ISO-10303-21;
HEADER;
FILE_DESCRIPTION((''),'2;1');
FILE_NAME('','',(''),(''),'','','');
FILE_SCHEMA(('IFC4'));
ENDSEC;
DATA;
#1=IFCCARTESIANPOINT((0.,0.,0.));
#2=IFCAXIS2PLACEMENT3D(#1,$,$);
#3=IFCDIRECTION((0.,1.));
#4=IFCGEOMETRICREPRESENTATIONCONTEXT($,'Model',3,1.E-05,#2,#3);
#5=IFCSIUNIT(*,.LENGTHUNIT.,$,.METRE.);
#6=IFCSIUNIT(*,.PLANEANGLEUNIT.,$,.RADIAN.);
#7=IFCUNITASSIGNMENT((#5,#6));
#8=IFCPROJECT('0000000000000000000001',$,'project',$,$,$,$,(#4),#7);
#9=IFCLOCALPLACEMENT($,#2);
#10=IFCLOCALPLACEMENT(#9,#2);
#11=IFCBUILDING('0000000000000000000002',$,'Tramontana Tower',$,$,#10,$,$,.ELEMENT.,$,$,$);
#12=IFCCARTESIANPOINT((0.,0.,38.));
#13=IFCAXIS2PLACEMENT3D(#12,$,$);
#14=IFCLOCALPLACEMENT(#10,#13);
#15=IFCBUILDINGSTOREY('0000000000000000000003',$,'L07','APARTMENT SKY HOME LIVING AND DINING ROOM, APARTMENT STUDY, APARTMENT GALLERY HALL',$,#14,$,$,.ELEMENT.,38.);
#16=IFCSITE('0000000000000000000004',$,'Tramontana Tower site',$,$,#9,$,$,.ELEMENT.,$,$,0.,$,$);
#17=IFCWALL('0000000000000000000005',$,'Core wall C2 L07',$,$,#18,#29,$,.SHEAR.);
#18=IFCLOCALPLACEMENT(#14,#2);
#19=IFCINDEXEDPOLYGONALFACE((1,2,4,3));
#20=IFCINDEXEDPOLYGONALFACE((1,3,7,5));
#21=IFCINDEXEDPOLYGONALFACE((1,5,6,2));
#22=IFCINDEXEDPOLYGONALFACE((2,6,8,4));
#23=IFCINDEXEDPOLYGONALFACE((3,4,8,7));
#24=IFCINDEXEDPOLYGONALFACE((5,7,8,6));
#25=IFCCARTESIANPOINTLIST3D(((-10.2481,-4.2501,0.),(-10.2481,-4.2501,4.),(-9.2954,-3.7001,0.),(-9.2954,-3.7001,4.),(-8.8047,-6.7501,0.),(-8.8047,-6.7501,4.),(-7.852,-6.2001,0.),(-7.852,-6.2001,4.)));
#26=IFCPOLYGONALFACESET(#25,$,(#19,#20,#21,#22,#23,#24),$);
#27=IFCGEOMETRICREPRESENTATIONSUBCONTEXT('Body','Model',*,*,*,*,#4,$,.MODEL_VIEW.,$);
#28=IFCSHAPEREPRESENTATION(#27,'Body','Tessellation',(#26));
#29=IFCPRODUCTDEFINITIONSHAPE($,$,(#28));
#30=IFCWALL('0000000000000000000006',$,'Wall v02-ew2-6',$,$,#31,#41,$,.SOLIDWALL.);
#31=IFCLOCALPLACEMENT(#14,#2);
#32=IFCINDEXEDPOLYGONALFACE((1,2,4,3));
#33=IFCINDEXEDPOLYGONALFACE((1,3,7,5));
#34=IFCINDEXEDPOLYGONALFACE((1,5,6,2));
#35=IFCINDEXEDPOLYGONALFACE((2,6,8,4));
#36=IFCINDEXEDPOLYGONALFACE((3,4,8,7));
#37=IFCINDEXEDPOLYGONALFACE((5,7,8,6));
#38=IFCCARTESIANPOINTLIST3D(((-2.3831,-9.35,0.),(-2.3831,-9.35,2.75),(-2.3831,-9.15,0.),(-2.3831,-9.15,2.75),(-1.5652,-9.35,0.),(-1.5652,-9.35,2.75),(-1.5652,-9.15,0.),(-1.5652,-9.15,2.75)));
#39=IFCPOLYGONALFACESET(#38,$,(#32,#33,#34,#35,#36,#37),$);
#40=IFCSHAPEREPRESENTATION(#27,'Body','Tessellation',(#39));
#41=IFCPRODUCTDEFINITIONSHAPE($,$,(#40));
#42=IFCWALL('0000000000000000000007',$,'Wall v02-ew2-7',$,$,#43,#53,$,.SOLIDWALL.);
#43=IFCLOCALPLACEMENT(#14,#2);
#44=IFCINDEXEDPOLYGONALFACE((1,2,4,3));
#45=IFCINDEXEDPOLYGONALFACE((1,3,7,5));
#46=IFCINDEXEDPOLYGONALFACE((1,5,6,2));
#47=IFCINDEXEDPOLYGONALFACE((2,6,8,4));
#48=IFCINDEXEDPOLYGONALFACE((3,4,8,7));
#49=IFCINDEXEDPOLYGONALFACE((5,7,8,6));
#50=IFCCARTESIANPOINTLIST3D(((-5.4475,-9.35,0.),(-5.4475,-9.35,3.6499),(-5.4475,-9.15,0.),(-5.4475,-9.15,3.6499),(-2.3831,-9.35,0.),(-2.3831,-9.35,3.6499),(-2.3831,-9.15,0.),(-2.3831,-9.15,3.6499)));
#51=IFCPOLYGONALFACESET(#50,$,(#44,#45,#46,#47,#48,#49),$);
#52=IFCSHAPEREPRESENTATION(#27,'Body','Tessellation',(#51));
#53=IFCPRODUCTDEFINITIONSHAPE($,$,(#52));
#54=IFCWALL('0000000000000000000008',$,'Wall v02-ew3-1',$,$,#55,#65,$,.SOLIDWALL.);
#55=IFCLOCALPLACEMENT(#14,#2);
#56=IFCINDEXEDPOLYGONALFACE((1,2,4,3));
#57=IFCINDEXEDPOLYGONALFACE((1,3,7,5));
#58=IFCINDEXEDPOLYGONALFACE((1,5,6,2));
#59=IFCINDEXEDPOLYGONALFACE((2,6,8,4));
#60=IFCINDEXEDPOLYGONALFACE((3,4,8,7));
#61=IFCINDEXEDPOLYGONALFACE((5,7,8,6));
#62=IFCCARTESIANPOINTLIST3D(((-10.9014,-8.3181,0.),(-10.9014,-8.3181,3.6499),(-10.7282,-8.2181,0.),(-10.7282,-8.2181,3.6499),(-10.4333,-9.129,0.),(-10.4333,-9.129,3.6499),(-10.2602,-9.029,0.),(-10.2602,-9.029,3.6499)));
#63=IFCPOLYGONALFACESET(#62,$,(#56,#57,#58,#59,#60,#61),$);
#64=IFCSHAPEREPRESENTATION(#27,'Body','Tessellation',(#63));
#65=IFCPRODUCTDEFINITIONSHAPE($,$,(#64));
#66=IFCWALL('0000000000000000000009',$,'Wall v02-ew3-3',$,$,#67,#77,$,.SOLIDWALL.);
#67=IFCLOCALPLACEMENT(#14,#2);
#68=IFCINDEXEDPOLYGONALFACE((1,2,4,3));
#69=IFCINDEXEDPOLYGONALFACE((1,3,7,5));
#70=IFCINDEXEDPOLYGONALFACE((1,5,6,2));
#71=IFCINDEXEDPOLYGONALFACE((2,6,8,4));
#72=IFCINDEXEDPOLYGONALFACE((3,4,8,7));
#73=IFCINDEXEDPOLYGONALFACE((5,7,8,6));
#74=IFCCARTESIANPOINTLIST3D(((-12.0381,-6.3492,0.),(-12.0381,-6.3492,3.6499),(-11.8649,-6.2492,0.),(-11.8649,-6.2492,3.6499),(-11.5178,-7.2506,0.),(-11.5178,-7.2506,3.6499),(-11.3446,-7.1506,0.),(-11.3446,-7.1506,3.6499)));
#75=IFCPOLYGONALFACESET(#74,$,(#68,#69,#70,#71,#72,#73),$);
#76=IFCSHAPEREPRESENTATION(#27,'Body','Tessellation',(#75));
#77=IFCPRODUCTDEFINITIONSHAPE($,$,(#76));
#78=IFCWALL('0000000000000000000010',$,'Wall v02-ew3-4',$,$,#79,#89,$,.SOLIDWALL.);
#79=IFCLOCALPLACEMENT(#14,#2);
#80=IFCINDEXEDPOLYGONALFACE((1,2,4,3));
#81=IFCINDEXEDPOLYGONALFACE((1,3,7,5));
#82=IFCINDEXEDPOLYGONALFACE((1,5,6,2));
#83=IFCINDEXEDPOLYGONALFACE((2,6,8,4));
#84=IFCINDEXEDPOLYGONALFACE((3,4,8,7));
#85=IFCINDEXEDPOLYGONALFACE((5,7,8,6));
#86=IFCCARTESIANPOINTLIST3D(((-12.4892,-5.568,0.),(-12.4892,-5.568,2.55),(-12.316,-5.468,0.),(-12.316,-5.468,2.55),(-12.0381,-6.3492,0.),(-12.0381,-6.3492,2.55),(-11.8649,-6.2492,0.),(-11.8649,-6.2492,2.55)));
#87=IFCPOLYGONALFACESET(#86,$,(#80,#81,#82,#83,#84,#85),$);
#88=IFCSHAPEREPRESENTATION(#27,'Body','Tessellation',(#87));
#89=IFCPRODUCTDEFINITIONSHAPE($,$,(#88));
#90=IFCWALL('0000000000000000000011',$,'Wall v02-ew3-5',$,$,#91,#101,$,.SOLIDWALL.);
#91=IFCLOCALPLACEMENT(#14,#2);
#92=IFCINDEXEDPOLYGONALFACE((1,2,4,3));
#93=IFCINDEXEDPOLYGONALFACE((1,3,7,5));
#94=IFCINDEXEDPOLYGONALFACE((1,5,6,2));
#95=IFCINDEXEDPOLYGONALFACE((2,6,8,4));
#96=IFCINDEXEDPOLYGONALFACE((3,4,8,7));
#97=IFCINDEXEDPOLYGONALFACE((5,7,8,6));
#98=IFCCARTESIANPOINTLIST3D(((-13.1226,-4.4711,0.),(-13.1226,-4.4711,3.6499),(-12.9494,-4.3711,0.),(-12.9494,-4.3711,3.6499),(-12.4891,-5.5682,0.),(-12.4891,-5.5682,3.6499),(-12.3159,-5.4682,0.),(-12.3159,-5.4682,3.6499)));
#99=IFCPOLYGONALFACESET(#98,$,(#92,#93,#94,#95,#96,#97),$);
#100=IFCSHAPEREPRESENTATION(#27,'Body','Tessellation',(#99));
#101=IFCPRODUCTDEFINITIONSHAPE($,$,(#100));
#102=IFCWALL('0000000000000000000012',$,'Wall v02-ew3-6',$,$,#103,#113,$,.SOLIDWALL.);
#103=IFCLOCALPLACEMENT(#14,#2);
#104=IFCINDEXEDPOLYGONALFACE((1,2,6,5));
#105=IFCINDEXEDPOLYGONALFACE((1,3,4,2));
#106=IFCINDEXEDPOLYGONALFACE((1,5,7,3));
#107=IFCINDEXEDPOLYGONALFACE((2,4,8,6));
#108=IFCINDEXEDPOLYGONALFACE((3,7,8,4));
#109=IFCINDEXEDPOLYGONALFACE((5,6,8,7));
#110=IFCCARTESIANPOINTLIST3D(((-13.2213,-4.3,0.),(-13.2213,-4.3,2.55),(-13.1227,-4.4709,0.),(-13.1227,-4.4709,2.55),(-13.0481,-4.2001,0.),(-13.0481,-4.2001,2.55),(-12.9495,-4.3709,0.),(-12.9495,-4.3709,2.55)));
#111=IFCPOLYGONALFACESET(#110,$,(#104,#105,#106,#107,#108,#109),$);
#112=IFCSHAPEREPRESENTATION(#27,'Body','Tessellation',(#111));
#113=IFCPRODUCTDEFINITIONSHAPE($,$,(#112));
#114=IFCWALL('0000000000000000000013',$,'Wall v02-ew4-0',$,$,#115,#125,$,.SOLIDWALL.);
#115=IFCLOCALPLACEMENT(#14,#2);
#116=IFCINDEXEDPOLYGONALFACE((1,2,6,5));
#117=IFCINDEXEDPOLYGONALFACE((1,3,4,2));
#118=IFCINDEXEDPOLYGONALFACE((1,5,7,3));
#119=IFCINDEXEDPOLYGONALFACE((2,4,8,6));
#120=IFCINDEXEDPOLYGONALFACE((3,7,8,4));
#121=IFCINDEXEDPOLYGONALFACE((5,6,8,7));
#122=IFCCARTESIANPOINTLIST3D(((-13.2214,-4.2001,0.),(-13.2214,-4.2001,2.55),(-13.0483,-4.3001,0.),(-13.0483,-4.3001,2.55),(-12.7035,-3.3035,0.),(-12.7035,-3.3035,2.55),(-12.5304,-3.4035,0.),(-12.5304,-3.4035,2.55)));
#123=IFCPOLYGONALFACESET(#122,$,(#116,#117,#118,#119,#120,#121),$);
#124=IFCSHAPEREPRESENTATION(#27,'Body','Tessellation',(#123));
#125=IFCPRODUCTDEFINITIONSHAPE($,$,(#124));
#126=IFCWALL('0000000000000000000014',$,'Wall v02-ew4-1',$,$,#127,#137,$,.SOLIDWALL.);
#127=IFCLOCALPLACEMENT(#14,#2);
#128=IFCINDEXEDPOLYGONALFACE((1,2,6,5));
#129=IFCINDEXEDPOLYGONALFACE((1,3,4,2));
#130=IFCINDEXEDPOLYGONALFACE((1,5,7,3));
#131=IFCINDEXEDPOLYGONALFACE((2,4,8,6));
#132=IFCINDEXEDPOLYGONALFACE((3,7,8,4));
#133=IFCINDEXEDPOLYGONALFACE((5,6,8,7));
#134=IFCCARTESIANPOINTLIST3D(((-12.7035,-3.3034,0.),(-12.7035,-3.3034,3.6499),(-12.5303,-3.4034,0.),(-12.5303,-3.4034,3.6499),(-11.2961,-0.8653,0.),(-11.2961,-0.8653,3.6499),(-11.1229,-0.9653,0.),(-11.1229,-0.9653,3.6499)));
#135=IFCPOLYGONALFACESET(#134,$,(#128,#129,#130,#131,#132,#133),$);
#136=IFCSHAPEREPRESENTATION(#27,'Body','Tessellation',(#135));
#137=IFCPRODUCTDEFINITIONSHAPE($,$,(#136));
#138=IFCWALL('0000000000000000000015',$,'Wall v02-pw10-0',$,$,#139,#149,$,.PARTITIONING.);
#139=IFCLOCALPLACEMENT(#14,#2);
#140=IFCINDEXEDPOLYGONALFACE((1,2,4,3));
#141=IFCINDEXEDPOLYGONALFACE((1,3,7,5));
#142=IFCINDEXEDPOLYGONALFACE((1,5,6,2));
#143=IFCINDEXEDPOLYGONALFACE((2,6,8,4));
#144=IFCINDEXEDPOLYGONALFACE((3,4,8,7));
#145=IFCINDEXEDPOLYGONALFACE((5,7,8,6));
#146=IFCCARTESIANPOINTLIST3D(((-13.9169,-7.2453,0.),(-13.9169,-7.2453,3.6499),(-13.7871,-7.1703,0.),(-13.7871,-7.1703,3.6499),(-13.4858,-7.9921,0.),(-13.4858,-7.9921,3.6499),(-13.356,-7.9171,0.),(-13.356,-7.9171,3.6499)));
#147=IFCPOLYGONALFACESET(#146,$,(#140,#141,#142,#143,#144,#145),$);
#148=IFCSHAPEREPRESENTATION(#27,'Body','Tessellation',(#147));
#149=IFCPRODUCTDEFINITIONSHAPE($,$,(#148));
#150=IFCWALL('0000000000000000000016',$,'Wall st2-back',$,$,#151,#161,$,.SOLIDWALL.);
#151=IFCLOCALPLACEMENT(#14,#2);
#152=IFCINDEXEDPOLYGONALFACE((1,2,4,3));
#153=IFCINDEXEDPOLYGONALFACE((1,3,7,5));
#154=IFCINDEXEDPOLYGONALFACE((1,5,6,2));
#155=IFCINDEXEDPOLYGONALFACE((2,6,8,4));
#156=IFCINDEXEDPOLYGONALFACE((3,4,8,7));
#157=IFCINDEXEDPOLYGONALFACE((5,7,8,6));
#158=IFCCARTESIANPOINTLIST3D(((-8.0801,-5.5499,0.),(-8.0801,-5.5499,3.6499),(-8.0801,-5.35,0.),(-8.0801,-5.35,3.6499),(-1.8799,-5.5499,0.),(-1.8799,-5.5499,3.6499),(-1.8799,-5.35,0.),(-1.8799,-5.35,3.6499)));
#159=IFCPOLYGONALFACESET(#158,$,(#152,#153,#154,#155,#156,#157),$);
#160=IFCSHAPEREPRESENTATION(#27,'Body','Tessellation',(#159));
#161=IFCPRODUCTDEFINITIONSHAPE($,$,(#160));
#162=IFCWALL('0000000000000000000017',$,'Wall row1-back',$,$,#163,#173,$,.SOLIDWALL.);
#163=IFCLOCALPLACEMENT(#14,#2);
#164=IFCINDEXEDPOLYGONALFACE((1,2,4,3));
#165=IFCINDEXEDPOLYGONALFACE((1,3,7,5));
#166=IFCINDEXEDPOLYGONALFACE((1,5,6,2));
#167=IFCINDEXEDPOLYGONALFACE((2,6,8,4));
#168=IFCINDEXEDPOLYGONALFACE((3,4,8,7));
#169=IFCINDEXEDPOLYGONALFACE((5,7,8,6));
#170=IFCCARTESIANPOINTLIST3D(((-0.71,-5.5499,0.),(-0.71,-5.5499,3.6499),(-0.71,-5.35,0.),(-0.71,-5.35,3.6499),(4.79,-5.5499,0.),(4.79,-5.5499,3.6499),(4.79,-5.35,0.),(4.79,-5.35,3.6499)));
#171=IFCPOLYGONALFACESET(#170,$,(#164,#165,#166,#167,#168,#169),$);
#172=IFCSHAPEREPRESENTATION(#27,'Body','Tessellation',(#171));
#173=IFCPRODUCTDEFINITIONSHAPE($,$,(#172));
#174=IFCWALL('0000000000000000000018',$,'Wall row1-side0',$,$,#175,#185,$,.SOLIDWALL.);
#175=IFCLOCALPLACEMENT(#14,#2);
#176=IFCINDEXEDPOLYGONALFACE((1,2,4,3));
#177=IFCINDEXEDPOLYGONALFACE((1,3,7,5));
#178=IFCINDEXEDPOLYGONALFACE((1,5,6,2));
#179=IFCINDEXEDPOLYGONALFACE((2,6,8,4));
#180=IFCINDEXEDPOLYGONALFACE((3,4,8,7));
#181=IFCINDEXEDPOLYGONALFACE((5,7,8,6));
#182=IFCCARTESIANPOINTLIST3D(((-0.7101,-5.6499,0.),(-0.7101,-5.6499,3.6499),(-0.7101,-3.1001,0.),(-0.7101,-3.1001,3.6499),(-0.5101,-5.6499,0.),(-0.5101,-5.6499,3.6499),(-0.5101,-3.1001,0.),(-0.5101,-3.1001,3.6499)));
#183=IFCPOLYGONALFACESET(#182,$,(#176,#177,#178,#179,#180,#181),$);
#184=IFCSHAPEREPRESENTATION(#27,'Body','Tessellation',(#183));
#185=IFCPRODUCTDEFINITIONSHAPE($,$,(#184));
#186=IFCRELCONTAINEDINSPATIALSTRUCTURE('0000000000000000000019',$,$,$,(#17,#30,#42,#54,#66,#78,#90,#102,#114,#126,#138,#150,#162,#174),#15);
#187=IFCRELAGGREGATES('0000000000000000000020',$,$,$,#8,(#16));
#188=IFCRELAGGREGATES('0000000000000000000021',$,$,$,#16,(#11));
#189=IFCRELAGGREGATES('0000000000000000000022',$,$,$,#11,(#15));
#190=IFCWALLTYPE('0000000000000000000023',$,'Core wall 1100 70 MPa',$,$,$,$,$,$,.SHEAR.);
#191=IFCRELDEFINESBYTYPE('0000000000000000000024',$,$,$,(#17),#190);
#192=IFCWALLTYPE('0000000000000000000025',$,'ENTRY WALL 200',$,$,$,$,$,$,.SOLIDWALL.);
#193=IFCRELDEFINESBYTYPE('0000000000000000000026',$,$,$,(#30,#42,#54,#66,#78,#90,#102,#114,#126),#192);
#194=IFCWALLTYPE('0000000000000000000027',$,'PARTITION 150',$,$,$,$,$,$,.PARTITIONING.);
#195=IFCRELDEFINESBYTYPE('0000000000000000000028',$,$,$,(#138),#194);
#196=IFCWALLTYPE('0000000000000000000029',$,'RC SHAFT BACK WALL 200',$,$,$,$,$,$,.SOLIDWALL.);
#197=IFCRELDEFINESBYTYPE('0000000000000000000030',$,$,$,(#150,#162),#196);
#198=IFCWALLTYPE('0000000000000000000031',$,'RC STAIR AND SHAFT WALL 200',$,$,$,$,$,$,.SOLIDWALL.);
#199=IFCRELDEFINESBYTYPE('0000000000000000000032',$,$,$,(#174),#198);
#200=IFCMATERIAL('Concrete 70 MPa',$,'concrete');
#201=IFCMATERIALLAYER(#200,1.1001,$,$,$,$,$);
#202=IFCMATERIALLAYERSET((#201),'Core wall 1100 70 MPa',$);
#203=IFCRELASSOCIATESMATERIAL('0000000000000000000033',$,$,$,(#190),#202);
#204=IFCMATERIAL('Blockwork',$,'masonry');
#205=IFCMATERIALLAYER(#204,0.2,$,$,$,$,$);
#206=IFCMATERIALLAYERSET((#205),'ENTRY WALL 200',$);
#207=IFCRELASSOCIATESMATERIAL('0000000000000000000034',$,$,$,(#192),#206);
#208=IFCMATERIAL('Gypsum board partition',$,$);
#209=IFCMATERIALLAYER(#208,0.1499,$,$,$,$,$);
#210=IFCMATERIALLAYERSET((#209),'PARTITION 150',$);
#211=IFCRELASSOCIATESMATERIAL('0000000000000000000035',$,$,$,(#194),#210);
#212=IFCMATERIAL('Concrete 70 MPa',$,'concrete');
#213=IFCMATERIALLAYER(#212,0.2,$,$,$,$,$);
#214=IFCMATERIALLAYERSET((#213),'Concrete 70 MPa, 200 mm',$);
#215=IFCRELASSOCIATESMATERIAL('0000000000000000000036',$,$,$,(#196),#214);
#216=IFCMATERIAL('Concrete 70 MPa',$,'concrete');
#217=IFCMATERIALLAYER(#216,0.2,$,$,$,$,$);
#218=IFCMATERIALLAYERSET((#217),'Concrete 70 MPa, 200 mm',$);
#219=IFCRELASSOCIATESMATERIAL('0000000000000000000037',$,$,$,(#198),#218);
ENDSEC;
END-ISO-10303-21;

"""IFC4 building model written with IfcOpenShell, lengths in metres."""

from ifc_helpers import new_model, si_unit, direction, frame, frame_2d, origin, place, context, subcontext, project, spatial, rectangle, extrude, material, layer, layer_set, type_object, element, save


model = new_model("IFC4")

# Units and contexts
model_context = context("Model", 3, precision=1e-05, world=origin(), true_north=direction((0.0, 1.0)))
body_context = subcontext(model_context, "Body", "Model", "MODEL_VIEW")
ifc_project = project(units=[si_unit("LENGTHUNIT", "METRE"), si_unit("PLANEANGLEUNIT", "RADIAN")], contexts=[model_context])

# Site, building, storey
site_placement = place(None, origin())
site = spatial("IfcSite", under=ifc_project, at=site_placement, Name="Tramontana Tower site", CompositionType="ELEMENT", RefElevation=0.0)
building_placement = place(site_placement, origin())
building = spatial("IfcBuilding", under=site, at=building_placement, Name="Tramontana Tower", CompositionType="ELEMENT")
storey_placement = place(building_placement, frame((0.0, 0.0, 38.0)))
storey = spatial("IfcBuildingStorey", under=building, at=storey_placement, Name="L07", Description="APARTMENT SKY HOME LIVING AND DINING ROOM, APARTMENT STUDY, APARTMENT GALLERY HALL", CompositionType="ELEMENT", Elevation=38.0)

# Wall
ifc_material_1 = material(Name="Concrete 70 MPa", Category="concrete")
ifc_layer_1 = layer(ifc_material_1, 1.1001)
ifc_layer_set_1 = layer_set([ifc_layer_1], Name="Core wall 1100 70 MPa")
wall_type_1 = type_object("IfcWallType", Name="Core wall 1100 70 MPa", PredefinedType="SHEAR", material=ifc_layer_set_1)
wall_1_placement = place(storey_placement, frame((-9.7717, -3.9751, 0.0), z_axis=(0.0, 0.0, 1.0), x_axis=(0.499996, -0.866028, 0.0)))
element("IfcWall", 1, at=wall_1_placement, inside=storey, type_object=wall_type_1, Name="Core wall C2 L07", PredefinedType="SHEAR", context=body_context, shape_type="SweptSolid", body=[
    extrude(rectangle(XDim=2.8867, YDim=1.1001, at=frame_2d((1.4434, 0.0))), origin(), (0.0, 0.0, 1.0), 4.0),
])

# Walls
ifc_material_2 = material(Name="Blockwork", Category="masonry")
ifc_layer_2 = layer(ifc_material_2, 0.2)
ifc_layer_set_2 = layer_set([ifc_layer_2], Name="ENTRY WALL 200")
wall_type_2 = type_object("IfcWallType", Name="ENTRY WALL 200", PredefinedType="SOLIDWALL", material=ifc_layer_set_2)
wall_2_placement = place(storey_placement, frame((-1.5652, -9.25, 0.0), z_axis=(0.0, 0.0, 1.0), x_axis=(-1.0, 0.0, 0.0)))
element("IfcWall", 2, at=wall_2_placement, inside=storey, type_object=wall_type_2, Name="Wall v02-ew2-6", PredefinedType="SOLIDWALL", context=body_context, shape_type="SweptSolid", body=[
    extrude(rectangle(XDim=0.8179, YDim=0.2, at=frame_2d((0.4089, 0.0))), origin(), (0.0, 0.0, 1.0), 2.75),
])
wall_3_placement = place(storey_placement, frame((-2.3831, -9.25, 0.0), z_axis=(0.0, 0.0, 1.0), x_axis=(-1.0, 0.0, 0.0)))
element("IfcWall", 3, at=wall_3_placement, inside=storey, type_object=wall_type_2, Name="Wall v02-ew2-7", PredefinedType="SOLIDWALL", context=body_context, shape_type="SweptSolid", body=[
    extrude(rectangle(XDim=3.0645, YDim=0.2, at=frame_2d((1.5322, 0.0))), origin(), (0.0, 0.0, 1.0), 3.6499),
])
wall_4_placement = place(storey_placement, frame((-10.3467, -9.0791, 0.0), z_axis=(0.0, 0.0, 1.0), x_axis=(-0.499926, 0.866068, 0.0)))
element("IfcWall", 4, at=wall_4_placement, inside=storey, type_object=wall_type_2, Name="Wall v02-ew3-1", PredefinedType="SOLIDWALL", context=body_context, shape_type="SweptSolid", body=[
    extrude(rectangle(XDim=0.9363, YDim=0.2, at=frame_2d((0.4683, 0.0))), origin(), (0.0, 0.0, 1.0), 3.6499),
])

# Walls
wall_5_placement = place(storey_placement, frame((-11.4312, -7.2007, 0.0), z_axis=(0.0, 0.0, 1.0), x_axis=(-0.499898, 0.866084, 0.0)))
element("IfcWall", 5, at=wall_5_placement, inside=storey, type_object=wall_type_2, Name="Wall v02-ew3-3", PredefinedType="SOLIDWALL", context=body_context, shape_type="SweptSolid", body=[
    extrude(rectangle(XDim=1.0408, YDim=0.2, at=frame_2d((0.5205, 0.0))), origin(), (0.0, 0.0, 1.0), 3.6499),
])
wall_6_placement = place(storey_placement, frame((-11.9514, -6.2993, 0.0), z_axis=(0.0, 0.0, 1.0), x_axis=(-0.500097, 0.865969, 0.0)))
element("IfcWall", 6, at=wall_6_placement, inside=storey, type_object=wall_type_2, Name="Wall v02-ew3-4", PredefinedType="SOLIDWALL", context=body_context, shape_type="SweptSolid", body=[
    extrude(rectangle(XDim=0.9021, YDim=0.2, at=frame_2d((0.4512, 0.0))), origin(), (0.0, 0.0, 1.0), 2.55),
])
wall_7_placement = place(storey_placement, frame((-12.4026, -5.5181, 0.0), z_axis=(0.0, 0.0, 1.0), x_axis=(-0.500056, 0.865993, 0.0)))
element("IfcWall", 7, at=wall_7_placement, inside=storey, type_object=wall_type_2, Name="Wall v02-ew3-5", PredefinedType="SOLIDWALL", context=body_context, shape_type="SweptSolid", body=[
    extrude(rectangle(XDim=1.2668, YDim=0.2, at=frame_2d((0.6333, 0.0))), origin(), (0.0, 0.0, 1.0), 3.6499),
])
wall_8_placement = place(storey_placement, frame((-13.0361, -4.4209, 0.0), z_axis=(0.0, 0.0, 1.0), x_axis=(-0.499865, 0.866103, 0.0)))
element("IfcWall", 8, at=wall_8_placement, inside=storey, type_object=wall_type_2, Name="Wall v02-ew3-6", PredefinedType="SOLIDWALL", context=body_context, shape_type="SweptSolid", body=[
    extrude(rectangle(XDim=0.1973, YDim=0.2, at=frame_2d((0.0986, 0.0))), origin(), (0.0, 0.0, 1.0), 2.55),
])
wall_9_placement = place(storey_placement, frame((-13.1348, -4.25, 0.0), z_axis=(0.0, 0.0, 1.0), x_axis=(0.500172, 0.865926, 0.0)))
element("IfcWall", 9, at=wall_9_placement, inside=storey, type_object=wall_type_2, Name="Wall v02-ew4-0", PredefinedType="SOLIDWALL", context=body_context, shape_type="SweptSolid", body=[
    extrude(rectangle(XDim=1.0354, YDim=0.2, at=frame_2d((0.5176, 0.0))), origin(), (0.0, 0.0, 1.0), 2.55),
])
wall_10_placement = place(storey_placement, frame((-12.6169, -3.3535, 0.0), z_axis=(0.0, 0.0, 1.0), x_axis=(0.499935, 0.866063, 0.0)))
element("IfcWall", 10, at=wall_10_placement, inside=storey, type_object=wall_type_2, Name="Wall v02-ew4-1", PredefinedType="SOLIDWALL", context=body_context, shape_type="SweptSolid", body=[
    extrude(rectangle(XDim=2.8152, YDim=0.2, at=frame_2d((1.4077, 0.0))), origin(), (0.0, 0.0, 1.0), 3.6499),
])
ifc_material_3 = material(Name="Gypsum board partition")
ifc_layer_3 = layer(ifc_material_3, 0.1499)
ifc_layer_set_3 = layer_set([ifc_layer_3], Name="PARTITION 150")
wall_type_3 = type_object("IfcWallType", Name="PARTITION 150", PredefinedType="PARTITIONING", material=ifc_layer_set_3)
wall_11_placement = place(storey_placement, frame((-13.4209, -7.9546, 0.0), z_axis=(0.0, 0.0, 1.0), x_axis=(-0.499976, 0.866039, 0.0)))
element("IfcWall", 11, at=wall_11_placement, inside=storey, type_object=wall_type_3, Name="Wall v02-pw10-0", PredefinedType="PARTITIONING", context=body_context, shape_type="SweptSolid", body=[
    extrude(rectangle(XDim=0.8623, YDim=0.1499, at=frame_2d((0.4312, 0.0))), origin(), (0.0, 0.0, 1.0), 3.6499),
])

# Walls
ifc_material_4 = material(Name="Concrete 70 MPa", Category="concrete")
ifc_layer_4 = layer(ifc_material_4, 0.2)
ifc_layer_set_4 = layer_set([ifc_layer_4], Name="Concrete 70 MPa, 200 mm")
wall_type_4 = type_object("IfcWallType", Name="RC SHAFT BACK WALL 200", PredefinedType="SOLIDWALL", material=ifc_layer_set_4)
wall_12_placement = place(storey_placement, frame((-8.0801, -5.45, 0.0), z_axis=(0.0, 0.0, 1.0), x_axis=(1.0, 0.0, 0.0)))
element("IfcWall", 12, at=wall_12_placement, inside=storey, type_object=wall_type_4, Name="Wall st2-back", PredefinedType="SOLIDWALL", context=body_context, shape_type="SweptSolid", body=[
    extrude(rectangle(XDim=6.2002, YDim=0.2, at=frame_2d((3.1001, 0.0))), origin(), (0.0, 0.0, 1.0), 3.6499),
])
wall_13_placement = place(storey_placement, frame((-0.71, -5.45, 0.0), z_axis=(0.0, 0.0, 1.0), x_axis=(1.0, 0.0, 0.0)))
element("IfcWall", 13, at=wall_13_placement, inside=storey, type_object=wall_type_4, Name="Wall row1-back", PredefinedType="SOLIDWALL", context=body_context, shape_type="SweptSolid", body=[
    extrude(rectangle(XDim=5.5, YDim=0.2, at=frame_2d((2.75, 0.0))), origin(), (0.0, 0.0, 1.0), 3.6499),
])
ifc_material_5 = material(Name="Concrete 70 MPa", Category="concrete")
ifc_layer_5 = layer(ifc_material_5, 0.2)
ifc_layer_set_5 = layer_set([ifc_layer_5], Name="Concrete 70 MPa, 200 mm")
wall_type_5 = type_object("IfcWallType", Name="RC STAIR AND SHAFT WALL 200", PredefinedType="SOLIDWALL", material=ifc_layer_set_5)
wall_14_placement = place(storey_placement, frame((-0.6101, -3.1001, 0.0), z_axis=(0.0, 0.0, 1.0), x_axis=(0.0, -1.0, 0.0)))
element("IfcWall", 14, at=wall_14_placement, inside=storey, type_object=wall_type_5, Name="Wall row1-side0", PredefinedType="SOLIDWALL", context=body_context, shape_type="SweptSolid", body=[
    extrude(rectangle(XDim=2.5498, YDim=0.2, at=frame_2d((1.2749, 0.0))), origin(), (0.0, 0.0, 1.0), 3.6499),
])

save(model, "model.ifc")
